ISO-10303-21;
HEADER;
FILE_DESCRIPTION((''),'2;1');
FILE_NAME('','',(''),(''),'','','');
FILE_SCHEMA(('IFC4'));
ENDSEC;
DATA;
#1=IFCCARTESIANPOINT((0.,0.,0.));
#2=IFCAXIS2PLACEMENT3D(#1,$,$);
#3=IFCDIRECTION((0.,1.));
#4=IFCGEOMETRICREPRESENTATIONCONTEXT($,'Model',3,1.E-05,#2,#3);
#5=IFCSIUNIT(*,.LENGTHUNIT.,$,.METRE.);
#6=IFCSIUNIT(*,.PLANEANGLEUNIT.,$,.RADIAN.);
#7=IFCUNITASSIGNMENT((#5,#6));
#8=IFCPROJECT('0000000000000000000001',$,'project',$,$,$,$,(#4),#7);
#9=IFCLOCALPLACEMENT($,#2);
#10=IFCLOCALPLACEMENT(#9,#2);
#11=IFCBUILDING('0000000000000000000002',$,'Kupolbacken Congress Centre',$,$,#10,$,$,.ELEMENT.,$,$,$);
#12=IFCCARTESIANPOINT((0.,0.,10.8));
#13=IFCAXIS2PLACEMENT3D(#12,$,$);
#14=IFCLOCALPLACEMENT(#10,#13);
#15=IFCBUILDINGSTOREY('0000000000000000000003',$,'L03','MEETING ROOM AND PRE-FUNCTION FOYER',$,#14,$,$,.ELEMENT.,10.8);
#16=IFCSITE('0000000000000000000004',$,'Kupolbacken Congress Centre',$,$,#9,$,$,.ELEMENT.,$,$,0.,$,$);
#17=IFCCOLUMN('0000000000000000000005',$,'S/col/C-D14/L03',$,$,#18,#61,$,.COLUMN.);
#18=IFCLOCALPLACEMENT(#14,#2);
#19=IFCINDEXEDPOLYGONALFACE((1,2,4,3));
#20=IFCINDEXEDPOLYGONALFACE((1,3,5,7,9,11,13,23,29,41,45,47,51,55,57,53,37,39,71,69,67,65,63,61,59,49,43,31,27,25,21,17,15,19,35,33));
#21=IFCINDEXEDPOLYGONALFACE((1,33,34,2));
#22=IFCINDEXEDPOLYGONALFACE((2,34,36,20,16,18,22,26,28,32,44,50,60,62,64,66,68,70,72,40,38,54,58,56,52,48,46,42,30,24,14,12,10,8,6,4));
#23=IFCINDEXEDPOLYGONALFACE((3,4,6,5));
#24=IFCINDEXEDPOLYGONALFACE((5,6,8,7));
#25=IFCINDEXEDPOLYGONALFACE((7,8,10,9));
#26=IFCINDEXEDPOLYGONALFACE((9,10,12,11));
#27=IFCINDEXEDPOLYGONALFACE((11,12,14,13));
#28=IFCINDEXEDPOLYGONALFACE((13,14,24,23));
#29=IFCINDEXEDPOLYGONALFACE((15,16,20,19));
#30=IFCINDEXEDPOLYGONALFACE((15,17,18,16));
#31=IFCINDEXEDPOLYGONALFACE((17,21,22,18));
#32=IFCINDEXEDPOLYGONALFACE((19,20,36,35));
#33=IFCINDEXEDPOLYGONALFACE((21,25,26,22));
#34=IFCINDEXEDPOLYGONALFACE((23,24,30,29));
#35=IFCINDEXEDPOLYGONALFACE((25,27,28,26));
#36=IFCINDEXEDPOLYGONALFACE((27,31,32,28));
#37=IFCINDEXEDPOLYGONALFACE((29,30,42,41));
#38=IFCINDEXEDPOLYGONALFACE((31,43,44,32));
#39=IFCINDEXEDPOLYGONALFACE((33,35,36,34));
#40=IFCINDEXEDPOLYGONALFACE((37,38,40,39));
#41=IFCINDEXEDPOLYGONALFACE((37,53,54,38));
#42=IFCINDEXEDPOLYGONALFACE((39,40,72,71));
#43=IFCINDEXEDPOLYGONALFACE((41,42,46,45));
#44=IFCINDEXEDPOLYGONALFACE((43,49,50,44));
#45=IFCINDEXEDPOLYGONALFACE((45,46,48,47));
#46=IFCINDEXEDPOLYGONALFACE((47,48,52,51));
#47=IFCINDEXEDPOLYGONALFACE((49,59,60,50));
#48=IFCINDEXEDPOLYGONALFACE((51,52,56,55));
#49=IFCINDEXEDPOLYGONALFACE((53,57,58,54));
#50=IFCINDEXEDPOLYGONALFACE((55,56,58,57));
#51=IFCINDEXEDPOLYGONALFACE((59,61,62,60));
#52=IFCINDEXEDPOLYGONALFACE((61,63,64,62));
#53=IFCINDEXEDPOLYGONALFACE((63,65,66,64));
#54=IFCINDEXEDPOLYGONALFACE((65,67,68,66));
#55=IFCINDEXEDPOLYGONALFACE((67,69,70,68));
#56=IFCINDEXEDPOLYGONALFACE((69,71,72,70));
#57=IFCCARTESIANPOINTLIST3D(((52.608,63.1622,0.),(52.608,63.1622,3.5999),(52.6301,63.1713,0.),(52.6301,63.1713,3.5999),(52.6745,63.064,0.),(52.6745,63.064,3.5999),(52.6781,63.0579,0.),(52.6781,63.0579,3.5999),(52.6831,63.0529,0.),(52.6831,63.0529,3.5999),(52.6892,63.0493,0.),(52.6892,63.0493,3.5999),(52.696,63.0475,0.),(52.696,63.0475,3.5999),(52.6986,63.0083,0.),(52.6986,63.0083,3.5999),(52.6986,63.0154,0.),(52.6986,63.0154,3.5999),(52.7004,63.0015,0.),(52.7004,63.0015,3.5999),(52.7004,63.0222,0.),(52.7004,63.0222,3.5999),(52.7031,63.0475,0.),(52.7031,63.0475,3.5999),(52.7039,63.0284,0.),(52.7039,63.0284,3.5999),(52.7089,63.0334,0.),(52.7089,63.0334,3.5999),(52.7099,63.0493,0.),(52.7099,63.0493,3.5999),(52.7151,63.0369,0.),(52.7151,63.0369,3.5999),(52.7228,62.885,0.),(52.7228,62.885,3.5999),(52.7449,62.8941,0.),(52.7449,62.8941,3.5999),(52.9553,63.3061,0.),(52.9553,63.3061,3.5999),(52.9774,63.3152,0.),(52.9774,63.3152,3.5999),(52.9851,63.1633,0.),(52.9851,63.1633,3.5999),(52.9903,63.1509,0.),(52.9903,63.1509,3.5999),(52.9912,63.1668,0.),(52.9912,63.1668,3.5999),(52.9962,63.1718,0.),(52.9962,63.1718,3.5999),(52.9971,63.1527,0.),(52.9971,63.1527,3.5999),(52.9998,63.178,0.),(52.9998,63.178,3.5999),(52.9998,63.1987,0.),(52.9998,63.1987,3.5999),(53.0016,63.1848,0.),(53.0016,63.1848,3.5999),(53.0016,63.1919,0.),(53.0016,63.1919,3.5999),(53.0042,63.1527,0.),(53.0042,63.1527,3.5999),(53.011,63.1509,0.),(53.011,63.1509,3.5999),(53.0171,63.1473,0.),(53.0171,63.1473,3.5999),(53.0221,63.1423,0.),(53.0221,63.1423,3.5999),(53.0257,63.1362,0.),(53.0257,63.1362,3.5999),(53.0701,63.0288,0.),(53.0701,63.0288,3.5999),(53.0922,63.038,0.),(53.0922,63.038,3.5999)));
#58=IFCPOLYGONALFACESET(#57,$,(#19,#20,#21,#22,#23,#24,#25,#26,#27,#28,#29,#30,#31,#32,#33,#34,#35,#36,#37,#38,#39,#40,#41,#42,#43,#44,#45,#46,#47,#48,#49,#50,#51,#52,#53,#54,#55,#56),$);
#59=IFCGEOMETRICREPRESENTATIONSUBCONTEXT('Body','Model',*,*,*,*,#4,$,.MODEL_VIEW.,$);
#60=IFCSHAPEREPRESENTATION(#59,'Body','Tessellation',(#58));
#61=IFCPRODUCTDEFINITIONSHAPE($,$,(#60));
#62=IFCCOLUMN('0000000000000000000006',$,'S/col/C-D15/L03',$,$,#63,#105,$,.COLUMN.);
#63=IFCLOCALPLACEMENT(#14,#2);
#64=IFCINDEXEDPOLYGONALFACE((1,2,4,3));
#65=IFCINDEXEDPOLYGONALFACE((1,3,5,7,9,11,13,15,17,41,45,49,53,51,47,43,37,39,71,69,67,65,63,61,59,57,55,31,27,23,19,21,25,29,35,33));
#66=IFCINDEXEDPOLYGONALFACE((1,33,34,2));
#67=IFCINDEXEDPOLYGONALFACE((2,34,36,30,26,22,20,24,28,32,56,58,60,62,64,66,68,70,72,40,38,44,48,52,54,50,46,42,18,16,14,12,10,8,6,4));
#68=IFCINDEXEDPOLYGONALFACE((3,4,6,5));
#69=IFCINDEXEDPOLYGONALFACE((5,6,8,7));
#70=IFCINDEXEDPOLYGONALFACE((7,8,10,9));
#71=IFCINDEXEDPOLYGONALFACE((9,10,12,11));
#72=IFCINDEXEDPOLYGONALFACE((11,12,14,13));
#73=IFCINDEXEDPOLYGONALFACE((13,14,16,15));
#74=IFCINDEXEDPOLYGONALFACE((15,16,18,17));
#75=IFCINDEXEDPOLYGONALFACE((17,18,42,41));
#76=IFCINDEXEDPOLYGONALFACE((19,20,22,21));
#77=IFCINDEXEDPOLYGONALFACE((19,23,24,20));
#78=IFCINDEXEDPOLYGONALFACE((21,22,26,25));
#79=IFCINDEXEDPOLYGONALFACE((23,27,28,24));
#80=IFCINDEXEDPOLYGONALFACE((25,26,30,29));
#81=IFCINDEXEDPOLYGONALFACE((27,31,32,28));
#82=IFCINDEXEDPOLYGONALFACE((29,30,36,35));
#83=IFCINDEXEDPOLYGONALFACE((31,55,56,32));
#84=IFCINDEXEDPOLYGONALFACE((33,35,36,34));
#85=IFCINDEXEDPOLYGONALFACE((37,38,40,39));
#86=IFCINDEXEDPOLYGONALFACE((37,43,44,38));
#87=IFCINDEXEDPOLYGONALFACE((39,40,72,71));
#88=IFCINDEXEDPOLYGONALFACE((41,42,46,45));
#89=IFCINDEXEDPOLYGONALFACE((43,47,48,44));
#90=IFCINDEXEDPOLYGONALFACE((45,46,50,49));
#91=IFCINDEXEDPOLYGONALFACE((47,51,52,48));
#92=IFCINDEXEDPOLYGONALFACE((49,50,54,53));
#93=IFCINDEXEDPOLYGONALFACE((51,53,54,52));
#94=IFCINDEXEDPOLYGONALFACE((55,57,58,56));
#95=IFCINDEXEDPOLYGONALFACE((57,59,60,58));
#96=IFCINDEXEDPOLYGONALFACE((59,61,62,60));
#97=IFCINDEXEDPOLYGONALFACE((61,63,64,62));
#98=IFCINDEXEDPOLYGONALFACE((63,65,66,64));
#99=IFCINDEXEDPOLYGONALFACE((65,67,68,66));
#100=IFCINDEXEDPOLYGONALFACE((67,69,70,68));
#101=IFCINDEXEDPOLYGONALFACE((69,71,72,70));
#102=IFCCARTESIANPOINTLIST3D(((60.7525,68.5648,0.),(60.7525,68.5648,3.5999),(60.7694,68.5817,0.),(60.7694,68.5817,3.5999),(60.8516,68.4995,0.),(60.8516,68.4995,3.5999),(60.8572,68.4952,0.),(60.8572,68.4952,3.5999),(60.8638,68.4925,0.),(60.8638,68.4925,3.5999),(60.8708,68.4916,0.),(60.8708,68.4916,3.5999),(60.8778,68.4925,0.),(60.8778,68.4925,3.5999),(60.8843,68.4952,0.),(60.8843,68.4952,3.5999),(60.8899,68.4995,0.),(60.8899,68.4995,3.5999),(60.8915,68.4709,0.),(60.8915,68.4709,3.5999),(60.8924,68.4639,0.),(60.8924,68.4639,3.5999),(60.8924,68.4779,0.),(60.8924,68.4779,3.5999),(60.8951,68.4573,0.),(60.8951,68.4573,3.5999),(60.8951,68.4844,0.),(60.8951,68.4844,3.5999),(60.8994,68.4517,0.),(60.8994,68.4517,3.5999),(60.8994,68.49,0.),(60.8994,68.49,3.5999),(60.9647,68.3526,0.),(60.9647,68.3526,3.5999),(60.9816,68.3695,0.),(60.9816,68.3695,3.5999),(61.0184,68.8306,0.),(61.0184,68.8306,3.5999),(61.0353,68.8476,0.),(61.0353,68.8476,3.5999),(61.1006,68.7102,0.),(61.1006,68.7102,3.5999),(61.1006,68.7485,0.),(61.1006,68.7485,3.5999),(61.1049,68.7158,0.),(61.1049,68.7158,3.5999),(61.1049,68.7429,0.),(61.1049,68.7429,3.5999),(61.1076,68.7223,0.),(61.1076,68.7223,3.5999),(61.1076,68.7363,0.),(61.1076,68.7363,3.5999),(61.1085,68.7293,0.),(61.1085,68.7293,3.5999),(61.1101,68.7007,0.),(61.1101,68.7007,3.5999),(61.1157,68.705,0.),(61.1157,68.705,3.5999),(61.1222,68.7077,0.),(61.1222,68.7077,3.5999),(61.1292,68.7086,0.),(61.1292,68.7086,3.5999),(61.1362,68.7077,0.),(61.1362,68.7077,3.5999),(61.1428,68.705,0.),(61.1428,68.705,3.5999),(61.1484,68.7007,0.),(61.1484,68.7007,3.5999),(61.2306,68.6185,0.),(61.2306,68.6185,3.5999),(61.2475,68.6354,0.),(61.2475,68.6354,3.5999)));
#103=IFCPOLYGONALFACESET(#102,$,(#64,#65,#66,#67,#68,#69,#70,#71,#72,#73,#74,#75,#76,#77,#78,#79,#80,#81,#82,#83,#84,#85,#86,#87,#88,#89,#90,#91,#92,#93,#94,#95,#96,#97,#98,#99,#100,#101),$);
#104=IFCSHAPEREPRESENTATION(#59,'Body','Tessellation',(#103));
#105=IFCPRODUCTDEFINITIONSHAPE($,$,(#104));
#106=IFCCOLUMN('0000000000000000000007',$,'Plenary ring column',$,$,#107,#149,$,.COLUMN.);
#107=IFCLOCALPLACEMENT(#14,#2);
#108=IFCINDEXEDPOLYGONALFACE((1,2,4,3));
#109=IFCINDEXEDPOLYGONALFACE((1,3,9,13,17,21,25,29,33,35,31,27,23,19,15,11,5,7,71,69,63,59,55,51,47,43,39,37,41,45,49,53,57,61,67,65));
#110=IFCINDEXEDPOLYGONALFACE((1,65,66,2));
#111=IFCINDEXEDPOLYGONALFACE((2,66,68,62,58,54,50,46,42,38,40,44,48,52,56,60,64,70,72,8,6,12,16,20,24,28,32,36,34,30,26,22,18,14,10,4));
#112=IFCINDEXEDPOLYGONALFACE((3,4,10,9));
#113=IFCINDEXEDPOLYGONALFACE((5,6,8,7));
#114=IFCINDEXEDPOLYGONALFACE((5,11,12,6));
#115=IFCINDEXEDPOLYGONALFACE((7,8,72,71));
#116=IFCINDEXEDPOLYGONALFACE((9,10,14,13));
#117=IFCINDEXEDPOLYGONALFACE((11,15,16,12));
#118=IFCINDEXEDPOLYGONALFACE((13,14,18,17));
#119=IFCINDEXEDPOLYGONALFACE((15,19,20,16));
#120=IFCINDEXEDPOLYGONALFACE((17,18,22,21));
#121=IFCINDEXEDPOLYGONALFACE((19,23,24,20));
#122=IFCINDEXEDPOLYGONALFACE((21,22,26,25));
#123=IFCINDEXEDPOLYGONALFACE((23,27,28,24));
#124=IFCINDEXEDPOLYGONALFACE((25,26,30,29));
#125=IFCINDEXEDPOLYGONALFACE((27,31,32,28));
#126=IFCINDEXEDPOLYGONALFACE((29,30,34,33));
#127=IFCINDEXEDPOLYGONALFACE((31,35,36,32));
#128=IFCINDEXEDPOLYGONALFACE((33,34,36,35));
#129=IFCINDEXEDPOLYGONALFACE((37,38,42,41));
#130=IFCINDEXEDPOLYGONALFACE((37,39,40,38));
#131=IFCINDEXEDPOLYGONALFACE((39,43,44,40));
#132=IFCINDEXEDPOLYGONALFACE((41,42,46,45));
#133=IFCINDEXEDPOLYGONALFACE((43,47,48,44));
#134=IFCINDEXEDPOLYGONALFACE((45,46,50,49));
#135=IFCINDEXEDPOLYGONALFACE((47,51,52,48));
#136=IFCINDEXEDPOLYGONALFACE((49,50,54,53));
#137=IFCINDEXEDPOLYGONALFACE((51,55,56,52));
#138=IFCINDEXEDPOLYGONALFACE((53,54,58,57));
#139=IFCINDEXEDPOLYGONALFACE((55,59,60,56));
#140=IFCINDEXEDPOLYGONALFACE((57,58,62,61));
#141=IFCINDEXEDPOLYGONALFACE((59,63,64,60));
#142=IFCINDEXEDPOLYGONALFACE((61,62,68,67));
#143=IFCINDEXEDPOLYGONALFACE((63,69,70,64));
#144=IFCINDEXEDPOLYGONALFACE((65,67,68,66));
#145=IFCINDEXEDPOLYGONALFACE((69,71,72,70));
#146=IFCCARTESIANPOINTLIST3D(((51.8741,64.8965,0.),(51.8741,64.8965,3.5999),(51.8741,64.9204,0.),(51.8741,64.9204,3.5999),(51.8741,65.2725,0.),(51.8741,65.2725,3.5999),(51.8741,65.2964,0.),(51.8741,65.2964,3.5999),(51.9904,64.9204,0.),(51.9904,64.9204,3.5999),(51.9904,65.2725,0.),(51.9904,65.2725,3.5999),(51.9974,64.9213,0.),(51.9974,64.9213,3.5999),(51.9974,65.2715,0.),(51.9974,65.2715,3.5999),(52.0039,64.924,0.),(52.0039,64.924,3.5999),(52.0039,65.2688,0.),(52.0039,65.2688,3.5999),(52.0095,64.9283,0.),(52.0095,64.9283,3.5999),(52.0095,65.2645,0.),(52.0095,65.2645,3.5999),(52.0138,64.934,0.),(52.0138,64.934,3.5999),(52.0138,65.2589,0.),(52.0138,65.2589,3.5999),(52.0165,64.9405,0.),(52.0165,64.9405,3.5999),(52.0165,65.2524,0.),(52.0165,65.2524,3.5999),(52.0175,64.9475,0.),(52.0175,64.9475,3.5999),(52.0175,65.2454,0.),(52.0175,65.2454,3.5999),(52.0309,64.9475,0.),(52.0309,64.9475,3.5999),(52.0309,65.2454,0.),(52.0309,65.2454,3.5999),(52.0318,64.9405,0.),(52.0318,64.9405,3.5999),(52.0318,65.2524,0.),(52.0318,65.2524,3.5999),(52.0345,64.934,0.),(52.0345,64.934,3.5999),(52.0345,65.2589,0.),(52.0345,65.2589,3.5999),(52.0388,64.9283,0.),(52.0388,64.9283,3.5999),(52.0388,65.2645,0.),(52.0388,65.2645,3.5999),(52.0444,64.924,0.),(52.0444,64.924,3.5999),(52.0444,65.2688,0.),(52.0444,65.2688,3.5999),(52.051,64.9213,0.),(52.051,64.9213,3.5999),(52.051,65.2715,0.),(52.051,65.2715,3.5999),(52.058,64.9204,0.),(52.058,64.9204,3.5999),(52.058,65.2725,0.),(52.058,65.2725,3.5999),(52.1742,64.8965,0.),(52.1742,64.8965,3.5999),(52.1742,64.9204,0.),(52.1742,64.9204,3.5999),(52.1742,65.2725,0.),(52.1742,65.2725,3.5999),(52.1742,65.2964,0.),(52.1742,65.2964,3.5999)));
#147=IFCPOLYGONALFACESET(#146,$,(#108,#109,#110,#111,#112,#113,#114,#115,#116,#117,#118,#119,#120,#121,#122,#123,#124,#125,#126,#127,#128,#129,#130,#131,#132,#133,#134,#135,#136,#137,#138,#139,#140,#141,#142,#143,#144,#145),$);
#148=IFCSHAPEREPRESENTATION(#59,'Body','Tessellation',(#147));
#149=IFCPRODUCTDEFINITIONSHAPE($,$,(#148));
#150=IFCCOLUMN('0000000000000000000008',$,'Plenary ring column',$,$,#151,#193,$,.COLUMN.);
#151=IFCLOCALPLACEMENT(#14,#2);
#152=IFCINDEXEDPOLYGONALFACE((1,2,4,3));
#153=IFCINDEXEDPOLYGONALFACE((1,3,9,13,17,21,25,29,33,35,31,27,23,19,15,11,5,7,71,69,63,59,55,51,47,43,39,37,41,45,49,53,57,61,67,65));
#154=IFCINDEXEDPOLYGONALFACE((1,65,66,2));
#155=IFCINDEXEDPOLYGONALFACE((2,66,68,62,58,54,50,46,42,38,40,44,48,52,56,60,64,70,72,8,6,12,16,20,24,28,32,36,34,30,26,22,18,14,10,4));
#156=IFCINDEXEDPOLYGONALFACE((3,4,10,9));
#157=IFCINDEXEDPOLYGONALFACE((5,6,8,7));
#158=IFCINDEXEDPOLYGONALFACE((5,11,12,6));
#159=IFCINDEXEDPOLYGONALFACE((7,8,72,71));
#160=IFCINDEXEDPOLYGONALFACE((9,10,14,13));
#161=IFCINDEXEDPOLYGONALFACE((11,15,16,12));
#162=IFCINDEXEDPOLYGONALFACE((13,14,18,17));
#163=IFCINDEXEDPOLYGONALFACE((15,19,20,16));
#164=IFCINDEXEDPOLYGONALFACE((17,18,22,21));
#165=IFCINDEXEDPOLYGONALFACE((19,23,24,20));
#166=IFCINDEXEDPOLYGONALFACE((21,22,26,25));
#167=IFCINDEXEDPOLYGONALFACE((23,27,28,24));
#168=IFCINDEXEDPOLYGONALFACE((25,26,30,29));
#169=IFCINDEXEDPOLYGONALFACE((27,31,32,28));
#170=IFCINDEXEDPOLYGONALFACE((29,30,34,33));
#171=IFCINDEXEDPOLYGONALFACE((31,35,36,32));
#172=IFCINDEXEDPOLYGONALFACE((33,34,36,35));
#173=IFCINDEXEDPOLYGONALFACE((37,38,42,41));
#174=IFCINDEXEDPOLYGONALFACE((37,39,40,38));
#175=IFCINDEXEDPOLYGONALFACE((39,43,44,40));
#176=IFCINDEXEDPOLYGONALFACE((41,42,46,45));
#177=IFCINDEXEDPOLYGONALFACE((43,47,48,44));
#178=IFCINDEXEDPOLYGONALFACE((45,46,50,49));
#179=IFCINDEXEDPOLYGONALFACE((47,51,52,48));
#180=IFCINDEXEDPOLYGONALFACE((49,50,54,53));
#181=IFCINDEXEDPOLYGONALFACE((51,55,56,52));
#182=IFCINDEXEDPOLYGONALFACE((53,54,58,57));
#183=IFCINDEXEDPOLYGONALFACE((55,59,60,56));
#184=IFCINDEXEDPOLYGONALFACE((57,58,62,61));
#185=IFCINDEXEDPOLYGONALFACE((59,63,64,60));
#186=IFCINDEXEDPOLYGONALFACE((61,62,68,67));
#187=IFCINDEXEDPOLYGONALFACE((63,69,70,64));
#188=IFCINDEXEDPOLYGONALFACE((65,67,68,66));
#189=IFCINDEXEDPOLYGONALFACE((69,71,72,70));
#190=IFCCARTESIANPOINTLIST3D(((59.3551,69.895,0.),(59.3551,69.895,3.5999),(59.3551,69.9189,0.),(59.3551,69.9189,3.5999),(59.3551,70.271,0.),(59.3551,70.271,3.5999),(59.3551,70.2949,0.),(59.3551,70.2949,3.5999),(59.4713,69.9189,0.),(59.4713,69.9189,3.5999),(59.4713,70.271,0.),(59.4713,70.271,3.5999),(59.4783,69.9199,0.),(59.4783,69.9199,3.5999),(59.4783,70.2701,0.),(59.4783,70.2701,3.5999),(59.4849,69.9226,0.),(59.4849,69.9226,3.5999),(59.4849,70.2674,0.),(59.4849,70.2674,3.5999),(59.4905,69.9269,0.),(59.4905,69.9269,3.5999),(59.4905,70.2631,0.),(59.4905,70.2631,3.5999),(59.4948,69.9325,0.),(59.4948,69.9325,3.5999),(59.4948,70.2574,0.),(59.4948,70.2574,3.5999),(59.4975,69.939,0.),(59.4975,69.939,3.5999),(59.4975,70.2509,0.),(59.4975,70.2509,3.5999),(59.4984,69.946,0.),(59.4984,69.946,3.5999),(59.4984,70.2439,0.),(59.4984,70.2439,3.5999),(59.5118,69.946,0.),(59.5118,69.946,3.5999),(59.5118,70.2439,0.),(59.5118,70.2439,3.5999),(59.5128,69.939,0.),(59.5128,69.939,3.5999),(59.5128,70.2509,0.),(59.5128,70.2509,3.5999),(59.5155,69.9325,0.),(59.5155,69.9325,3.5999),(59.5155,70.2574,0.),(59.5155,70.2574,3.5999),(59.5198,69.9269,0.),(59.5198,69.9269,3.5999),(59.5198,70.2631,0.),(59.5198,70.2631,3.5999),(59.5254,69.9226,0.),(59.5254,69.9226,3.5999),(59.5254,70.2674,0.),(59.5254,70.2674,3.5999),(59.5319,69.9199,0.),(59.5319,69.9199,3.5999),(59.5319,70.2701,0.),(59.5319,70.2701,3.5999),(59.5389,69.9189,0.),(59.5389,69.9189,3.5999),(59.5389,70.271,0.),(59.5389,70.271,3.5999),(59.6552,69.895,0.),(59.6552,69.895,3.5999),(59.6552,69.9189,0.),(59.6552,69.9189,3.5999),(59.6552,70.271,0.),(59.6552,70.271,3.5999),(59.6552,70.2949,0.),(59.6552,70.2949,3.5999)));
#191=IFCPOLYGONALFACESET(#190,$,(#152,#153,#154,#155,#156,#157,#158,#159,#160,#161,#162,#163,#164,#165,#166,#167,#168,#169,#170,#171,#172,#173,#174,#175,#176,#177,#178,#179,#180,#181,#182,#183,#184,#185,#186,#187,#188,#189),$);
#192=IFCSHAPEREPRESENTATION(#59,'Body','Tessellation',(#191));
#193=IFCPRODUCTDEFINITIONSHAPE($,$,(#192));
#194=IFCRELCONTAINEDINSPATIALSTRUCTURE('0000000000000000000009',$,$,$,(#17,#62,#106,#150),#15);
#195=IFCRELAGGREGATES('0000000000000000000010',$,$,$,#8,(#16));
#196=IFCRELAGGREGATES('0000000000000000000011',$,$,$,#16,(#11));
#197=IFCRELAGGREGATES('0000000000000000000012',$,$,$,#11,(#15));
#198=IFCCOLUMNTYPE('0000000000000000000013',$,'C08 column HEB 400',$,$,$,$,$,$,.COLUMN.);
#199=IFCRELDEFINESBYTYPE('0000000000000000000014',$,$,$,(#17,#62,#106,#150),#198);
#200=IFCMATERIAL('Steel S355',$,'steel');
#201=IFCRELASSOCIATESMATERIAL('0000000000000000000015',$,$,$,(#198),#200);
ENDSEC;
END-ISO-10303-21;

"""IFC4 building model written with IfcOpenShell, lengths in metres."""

from ifc_helpers import new_model, si_unit, direction, frame, origin, origin_2d, place, context, subcontext, project, spatial, i_section, extrude, material, material_profile, profile_set, type_object, element, save


model = new_model("IFC4")

# Units and contexts
model_context = context("Model", 3, precision=1e-05, world=origin(), true_north=direction((0.0, 1.0)))
body_context = subcontext(model_context, "Body", "Model", "MODEL_VIEW")
ifc_project = project(units=[si_unit("LENGTHUNIT", "METRE"), si_unit("PLANEANGLEUNIT", "RADIAN")], contexts=[model_context])

# Site, building, storey
site_placement = place(None, origin())
site = spatial("IfcSite", under=ifc_project, at=site_placement, Name="Kupolbacken Congress Centre", CompositionType="ELEMENT", RefElevation=0.0)
building_placement = place(site_placement, origin())
building = spatial("IfcBuilding", under=site, at=building_placement, Name="Kupolbacken Congress Centre", CompositionType="ELEMENT")
storey_placement = place(building_placement, frame((0.0, 0.0, 10.8)))
storey = spatial("IfcBuildingStorey", under=building, at=storey_placement, Name="L03", Description="MEETING ROOM AND PRE-FUNCTION FOYER", CompositionType="ELEMENT", Elevation=10.8)

# Columns
ifc_material_1 = material(Name="Steel S355", Category="steel")
ifc_material_profile_1 = material_profile(ifc_material_1, i_section(OverallWidth=0.3, OverallDepth=0.3999, WebThickness=0.0134, FlangeThickness=0.0239, FilletRadius=0.0271, at=origin_2d()), Name="HEB 400")
ifc_profile_set_1 = profile_set([ifc_material_profile_1], Name="Steel S355")
column_type = type_object("IfcColumnType", Name="C08 column HEB 400", PredefinedType="COLUMN", material=ifc_profile_set_1)
for number, where, z_axis, x_axis, name in (
    (1, (52.8501, 63.1001, 0.0), (0.0, 0.0, 1.0), (0.382644, -0.923896, 0.0), "S/col/C-D14/L03"),
    (2, (61.0, 68.6001, 0.0), (0.0, 0.0, 1.0), (0.707107, -0.707107, 0.0), "S/col/C-D15/L03"),
    (3, (52.0242, 65.0964, 0.0), (0.0, 0.0, 1.0), (1.0, 0.0, 0.0), "Plenary ring column"),
    (4, (59.5051, 70.095, 0.0), (0.0, 0.0, 1.0), (1.0, 0.0, 0.0), "Plenary ring column"),
):
    element("IfcColumn", number, at=place(storey_placement, frame(where, z_axis=z_axis, x_axis=x_axis)), inside=storey, type_object=column_type, Name=name, PredefinedType="COLUMN", context=body_context, shape_type="SweptSolid", body=[
        extrude(i_section(OverallWidth=0.3, OverallDepth=0.3999, WebThickness=0.0134, FlangeThickness=0.0239, FilletRadius=0.0271, at=origin_2d()), origin(), (0.0, 0.0, 1.0), 3.5999),
    ])

save(model, "model.ifc")
